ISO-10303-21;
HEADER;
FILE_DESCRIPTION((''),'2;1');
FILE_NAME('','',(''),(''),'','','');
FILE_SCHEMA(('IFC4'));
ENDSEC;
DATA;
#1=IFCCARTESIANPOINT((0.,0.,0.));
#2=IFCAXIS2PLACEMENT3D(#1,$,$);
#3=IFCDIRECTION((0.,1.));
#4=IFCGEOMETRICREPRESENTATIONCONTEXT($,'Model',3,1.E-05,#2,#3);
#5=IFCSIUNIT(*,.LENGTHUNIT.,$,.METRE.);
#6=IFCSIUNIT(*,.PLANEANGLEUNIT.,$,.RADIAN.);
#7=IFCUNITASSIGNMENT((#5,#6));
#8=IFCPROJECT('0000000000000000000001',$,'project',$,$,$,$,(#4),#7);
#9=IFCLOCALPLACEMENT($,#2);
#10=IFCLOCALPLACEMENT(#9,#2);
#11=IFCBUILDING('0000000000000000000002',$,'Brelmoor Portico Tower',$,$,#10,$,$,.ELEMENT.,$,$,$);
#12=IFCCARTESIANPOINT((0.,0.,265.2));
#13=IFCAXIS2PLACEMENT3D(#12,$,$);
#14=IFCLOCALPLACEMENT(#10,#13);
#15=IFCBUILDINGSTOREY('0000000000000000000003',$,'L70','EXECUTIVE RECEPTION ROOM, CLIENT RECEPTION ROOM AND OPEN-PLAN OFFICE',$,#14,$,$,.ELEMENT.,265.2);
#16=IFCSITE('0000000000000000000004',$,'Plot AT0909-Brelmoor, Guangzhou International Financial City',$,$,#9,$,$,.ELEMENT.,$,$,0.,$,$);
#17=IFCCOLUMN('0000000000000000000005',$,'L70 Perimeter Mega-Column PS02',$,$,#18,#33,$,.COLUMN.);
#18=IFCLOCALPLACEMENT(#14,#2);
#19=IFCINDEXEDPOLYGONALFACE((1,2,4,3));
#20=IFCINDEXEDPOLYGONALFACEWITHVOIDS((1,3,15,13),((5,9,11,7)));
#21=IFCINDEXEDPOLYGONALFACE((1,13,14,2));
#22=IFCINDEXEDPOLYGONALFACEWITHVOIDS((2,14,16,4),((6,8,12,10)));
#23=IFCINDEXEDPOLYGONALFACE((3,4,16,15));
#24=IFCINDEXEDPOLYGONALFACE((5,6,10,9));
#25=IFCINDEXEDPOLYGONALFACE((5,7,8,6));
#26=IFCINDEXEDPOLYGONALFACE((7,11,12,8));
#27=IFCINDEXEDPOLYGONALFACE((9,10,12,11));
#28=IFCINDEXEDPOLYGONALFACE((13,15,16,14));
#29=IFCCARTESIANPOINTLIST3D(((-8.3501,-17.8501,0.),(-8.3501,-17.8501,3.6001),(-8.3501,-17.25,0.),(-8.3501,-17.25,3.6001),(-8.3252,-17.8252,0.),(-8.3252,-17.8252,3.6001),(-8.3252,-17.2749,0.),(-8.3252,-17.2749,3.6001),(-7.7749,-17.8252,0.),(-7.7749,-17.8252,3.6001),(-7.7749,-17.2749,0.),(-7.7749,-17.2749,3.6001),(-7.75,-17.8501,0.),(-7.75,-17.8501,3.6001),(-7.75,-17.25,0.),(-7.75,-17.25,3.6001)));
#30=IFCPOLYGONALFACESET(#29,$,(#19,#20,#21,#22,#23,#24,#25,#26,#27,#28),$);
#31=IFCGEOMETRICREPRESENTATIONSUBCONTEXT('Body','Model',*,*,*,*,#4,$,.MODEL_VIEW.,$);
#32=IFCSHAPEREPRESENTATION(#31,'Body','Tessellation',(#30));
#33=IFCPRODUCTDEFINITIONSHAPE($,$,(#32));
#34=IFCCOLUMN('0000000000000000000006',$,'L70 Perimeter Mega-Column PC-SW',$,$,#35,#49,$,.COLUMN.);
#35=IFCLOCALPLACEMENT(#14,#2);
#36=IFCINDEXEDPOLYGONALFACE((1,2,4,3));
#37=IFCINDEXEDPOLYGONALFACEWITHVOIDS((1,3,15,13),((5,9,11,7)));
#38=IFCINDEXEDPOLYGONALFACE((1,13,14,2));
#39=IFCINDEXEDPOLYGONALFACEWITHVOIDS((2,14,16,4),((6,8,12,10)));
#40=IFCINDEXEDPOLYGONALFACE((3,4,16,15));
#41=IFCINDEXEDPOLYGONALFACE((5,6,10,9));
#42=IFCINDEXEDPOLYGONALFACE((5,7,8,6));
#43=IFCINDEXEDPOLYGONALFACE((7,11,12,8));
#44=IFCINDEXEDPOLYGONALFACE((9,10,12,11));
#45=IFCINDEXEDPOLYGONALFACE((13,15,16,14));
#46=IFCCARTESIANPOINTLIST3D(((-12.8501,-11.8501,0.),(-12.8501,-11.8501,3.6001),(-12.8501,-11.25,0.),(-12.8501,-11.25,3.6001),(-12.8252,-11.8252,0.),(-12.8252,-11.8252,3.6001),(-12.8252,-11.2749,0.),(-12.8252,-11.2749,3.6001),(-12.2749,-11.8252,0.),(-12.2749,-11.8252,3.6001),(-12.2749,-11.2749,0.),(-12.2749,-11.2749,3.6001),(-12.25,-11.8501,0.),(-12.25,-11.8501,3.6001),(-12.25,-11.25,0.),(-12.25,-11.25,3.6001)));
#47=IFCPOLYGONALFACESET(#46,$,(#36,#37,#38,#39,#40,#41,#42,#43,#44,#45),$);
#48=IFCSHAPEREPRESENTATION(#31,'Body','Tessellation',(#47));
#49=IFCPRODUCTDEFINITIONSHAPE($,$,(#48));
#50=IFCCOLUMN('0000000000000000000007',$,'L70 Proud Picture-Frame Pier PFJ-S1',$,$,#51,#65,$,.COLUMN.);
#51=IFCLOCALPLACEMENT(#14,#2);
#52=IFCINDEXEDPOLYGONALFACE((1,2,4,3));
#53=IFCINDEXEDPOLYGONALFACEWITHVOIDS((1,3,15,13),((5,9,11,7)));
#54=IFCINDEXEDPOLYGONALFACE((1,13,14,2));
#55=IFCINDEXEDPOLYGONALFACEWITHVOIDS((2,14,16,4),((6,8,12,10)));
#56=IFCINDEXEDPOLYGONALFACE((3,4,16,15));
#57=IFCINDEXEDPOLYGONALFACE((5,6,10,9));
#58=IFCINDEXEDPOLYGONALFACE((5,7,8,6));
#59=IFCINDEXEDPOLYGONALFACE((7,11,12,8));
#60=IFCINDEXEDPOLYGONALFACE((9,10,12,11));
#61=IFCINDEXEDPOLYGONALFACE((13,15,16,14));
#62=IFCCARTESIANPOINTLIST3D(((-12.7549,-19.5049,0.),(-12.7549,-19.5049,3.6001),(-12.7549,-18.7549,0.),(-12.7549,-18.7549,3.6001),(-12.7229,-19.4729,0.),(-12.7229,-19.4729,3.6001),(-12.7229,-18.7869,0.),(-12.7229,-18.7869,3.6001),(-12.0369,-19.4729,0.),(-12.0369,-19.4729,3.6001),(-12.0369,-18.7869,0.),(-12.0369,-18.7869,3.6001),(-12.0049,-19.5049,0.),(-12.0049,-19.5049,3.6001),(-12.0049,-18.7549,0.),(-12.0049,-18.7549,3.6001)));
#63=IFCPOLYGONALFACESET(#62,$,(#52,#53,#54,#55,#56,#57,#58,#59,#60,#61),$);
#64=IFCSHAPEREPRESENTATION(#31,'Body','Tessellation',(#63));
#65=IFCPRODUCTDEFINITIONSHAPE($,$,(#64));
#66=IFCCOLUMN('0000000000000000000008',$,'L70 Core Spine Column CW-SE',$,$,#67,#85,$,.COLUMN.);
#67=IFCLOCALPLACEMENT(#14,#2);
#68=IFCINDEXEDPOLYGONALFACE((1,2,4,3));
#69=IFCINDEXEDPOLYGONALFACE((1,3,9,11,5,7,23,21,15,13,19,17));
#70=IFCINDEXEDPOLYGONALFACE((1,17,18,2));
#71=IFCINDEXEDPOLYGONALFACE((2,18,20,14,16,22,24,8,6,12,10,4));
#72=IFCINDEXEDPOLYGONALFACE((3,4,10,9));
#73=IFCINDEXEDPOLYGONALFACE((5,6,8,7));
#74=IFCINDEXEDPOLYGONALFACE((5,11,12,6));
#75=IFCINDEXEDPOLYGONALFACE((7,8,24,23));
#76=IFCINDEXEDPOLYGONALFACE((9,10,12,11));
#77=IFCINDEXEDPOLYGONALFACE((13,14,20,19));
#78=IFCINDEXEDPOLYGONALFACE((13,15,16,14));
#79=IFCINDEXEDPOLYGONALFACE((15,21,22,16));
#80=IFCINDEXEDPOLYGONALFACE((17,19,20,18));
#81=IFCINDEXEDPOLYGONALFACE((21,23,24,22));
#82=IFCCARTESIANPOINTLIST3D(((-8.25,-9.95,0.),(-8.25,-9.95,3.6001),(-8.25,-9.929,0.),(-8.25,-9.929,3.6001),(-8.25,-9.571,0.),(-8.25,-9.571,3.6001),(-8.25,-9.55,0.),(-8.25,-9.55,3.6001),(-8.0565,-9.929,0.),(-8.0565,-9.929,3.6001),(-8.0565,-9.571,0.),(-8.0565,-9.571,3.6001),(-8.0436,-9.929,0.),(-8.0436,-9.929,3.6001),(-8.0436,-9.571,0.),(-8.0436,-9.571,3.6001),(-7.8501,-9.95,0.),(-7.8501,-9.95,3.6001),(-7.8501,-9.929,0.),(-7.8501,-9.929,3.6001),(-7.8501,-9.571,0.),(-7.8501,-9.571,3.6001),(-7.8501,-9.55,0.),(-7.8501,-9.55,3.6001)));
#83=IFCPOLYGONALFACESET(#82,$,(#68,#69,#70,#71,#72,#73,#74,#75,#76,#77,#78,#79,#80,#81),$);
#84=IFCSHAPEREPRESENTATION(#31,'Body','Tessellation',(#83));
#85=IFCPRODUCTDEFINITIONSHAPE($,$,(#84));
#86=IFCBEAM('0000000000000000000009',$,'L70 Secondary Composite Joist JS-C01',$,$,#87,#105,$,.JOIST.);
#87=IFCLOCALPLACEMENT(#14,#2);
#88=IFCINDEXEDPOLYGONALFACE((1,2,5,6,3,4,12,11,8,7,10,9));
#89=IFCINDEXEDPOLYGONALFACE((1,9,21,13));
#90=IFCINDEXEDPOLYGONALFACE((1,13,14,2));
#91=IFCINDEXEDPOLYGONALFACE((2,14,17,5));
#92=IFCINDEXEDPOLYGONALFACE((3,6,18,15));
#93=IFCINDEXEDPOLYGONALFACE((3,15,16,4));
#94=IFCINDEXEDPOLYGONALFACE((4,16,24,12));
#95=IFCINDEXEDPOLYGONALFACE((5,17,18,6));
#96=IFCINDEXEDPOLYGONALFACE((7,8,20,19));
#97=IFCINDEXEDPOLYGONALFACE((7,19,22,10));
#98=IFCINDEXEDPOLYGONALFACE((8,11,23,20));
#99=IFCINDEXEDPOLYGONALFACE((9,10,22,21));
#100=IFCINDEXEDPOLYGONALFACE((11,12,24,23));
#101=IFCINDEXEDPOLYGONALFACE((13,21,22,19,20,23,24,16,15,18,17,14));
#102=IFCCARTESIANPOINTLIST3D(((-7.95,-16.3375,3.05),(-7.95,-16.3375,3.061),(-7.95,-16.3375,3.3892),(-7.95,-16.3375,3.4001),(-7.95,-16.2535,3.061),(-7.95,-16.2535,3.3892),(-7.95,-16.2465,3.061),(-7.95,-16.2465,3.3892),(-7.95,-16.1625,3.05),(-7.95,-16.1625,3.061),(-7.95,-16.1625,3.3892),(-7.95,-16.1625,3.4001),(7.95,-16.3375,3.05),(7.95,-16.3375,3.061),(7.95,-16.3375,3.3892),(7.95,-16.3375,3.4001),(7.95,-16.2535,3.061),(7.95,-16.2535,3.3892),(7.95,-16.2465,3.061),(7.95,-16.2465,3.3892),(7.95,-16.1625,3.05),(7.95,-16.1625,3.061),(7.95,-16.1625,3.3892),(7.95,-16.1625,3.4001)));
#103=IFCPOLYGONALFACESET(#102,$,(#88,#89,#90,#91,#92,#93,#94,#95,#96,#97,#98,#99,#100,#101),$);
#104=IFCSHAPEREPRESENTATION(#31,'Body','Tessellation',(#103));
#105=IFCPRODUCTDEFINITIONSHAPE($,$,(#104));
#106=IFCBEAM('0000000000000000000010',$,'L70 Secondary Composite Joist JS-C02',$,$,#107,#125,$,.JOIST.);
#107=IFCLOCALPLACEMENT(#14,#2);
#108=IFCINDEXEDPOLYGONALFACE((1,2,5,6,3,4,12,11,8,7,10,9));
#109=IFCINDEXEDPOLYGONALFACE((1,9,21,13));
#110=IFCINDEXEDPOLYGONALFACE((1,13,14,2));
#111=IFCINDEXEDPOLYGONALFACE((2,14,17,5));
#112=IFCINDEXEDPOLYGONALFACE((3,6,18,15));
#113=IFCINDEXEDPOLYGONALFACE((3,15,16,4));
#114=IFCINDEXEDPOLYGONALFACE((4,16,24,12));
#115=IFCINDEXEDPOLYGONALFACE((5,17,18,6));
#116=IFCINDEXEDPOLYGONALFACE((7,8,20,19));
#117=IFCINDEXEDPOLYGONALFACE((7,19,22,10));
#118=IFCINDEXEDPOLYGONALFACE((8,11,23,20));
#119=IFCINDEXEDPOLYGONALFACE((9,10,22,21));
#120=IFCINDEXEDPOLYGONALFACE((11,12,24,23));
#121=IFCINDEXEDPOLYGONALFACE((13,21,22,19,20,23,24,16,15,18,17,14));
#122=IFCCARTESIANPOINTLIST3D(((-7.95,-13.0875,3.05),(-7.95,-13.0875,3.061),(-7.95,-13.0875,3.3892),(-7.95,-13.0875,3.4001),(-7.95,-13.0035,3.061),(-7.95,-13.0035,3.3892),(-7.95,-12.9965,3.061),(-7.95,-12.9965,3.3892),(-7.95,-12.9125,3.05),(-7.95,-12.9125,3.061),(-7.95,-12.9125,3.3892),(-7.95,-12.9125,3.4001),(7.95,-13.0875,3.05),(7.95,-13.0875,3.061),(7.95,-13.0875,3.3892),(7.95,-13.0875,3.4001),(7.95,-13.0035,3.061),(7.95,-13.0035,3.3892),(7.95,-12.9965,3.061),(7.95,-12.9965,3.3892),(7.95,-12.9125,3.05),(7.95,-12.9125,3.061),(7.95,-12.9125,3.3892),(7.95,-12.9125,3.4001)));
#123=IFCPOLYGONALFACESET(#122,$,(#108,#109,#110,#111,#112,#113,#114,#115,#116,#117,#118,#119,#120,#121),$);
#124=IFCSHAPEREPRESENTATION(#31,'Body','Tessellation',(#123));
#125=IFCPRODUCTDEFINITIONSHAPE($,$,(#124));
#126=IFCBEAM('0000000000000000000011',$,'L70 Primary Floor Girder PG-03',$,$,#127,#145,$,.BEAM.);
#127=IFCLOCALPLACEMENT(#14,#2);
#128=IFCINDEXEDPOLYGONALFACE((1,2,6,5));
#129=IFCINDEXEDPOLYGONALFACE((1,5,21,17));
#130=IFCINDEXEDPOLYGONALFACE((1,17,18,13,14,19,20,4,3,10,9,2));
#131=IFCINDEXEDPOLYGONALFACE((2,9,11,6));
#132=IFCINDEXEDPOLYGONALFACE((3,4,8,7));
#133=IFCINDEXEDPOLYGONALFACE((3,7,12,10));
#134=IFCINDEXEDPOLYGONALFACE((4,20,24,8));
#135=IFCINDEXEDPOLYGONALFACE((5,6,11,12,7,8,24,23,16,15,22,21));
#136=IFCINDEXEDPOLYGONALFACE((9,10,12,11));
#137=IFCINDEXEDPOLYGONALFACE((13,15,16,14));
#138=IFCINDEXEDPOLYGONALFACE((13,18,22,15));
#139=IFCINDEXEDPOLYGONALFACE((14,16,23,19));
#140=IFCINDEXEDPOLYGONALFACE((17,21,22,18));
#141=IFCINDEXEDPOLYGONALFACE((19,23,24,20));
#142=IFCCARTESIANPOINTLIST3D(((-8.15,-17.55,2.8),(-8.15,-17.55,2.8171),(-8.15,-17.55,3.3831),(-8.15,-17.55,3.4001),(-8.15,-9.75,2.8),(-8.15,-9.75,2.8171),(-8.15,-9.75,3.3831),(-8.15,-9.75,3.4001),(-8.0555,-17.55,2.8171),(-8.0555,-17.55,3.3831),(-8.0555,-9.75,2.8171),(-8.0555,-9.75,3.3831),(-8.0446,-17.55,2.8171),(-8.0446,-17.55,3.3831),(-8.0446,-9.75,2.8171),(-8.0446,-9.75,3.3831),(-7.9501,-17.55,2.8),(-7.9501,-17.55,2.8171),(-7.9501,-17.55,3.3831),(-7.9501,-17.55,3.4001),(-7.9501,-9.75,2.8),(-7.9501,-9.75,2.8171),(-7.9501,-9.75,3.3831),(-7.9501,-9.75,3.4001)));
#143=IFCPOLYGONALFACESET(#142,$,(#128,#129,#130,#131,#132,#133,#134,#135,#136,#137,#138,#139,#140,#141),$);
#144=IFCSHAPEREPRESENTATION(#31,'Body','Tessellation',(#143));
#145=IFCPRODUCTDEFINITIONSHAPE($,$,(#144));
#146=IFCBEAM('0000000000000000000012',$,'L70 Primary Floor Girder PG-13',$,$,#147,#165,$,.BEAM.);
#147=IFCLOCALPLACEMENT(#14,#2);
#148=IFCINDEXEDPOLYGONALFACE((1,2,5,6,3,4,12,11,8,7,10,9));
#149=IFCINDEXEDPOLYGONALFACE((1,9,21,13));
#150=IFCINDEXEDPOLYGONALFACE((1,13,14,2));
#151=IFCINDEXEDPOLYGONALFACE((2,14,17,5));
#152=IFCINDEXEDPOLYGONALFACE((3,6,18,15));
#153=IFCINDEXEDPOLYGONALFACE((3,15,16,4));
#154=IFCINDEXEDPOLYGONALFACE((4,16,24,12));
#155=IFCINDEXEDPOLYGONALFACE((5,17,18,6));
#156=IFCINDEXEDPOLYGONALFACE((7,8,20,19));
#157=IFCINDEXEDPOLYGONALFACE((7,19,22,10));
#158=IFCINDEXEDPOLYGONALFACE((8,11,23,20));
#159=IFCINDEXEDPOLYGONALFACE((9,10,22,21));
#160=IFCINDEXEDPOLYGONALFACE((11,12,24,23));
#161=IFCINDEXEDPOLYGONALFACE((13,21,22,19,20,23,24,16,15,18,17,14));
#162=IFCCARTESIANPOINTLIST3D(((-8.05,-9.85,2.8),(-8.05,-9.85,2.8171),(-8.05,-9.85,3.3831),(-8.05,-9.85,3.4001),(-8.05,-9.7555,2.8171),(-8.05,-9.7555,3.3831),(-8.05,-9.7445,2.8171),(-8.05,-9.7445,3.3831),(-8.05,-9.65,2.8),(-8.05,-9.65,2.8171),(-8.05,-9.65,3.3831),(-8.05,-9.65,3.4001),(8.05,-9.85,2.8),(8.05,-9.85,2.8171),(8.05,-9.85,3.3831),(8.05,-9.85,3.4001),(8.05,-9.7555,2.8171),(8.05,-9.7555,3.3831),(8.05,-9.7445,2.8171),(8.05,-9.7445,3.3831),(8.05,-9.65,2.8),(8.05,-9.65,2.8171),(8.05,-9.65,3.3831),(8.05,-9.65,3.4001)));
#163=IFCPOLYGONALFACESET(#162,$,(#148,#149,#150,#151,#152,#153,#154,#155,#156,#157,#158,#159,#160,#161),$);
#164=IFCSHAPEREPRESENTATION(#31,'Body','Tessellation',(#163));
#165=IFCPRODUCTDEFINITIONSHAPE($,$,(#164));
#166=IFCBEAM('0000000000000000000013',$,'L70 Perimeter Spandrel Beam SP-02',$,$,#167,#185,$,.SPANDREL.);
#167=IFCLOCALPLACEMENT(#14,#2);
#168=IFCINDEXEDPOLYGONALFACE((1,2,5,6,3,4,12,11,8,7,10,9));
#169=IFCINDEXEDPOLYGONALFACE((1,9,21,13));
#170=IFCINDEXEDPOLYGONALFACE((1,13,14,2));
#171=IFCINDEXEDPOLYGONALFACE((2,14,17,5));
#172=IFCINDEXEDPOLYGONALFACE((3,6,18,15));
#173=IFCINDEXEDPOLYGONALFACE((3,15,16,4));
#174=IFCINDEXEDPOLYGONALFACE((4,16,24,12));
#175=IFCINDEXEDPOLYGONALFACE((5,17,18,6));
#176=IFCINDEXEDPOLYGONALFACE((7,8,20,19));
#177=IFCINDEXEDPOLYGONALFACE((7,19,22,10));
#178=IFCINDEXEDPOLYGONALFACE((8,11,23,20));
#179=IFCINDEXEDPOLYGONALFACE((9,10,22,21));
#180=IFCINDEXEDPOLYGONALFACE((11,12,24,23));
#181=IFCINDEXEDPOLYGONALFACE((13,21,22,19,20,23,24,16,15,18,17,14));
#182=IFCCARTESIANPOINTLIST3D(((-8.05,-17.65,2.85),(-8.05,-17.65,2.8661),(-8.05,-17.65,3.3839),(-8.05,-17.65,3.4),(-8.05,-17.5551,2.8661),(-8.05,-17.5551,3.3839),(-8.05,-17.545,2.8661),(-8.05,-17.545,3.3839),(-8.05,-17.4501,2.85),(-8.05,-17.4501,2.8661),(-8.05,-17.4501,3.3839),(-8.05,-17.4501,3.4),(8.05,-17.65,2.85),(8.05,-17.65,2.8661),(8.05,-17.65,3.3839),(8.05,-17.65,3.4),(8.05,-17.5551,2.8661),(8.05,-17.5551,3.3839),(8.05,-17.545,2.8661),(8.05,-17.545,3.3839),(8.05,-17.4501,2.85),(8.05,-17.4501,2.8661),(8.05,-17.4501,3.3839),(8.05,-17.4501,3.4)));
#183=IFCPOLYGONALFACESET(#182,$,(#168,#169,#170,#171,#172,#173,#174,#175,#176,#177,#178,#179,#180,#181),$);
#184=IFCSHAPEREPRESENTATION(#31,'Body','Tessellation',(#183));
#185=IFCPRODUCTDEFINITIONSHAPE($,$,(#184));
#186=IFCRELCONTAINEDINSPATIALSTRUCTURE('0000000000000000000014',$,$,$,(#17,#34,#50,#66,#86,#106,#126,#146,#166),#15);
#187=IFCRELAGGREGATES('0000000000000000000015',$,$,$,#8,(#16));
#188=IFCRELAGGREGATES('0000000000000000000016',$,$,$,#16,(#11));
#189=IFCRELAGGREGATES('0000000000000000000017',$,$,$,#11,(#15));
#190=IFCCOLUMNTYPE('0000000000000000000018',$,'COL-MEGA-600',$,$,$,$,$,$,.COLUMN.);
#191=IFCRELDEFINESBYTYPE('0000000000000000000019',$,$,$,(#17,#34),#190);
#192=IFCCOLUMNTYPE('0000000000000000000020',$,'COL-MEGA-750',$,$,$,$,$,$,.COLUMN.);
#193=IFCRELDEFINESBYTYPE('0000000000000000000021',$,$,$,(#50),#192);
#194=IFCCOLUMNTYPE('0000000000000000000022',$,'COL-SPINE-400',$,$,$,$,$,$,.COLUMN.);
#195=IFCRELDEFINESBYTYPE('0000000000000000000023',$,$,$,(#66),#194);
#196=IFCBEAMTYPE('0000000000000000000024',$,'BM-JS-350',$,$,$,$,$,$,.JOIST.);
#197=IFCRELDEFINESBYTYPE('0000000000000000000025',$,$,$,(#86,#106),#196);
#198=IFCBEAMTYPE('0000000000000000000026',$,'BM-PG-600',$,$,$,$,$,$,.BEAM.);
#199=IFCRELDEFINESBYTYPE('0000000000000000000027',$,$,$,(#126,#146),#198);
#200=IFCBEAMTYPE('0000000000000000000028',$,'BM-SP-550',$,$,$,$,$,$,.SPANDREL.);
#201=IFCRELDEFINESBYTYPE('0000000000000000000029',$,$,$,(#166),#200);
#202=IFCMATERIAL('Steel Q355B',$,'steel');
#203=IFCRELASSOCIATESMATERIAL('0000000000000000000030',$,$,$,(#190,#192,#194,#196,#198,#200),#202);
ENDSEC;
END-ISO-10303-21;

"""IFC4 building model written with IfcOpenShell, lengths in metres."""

from ifc_helpers import new_model, si_unit, direction, frame, origin, origin_2d, place, context, subcontext, project, spatial, hollow_rectangle, i_section, extrude, material, material_profile, profile_set, type_object, element, save


model = new_model("IFC4")

# Units and contexts
model_context = context("Model", 3, precision=1e-05, world=origin(), true_north=direction((0.0, 1.0)))
body_context = subcontext(model_context, "Body", "Model", "MODEL_VIEW")
ifc_project = project(units=[si_unit("LENGTHUNIT", "METRE"), si_unit("PLANEANGLEUNIT", "RADIAN")], contexts=[model_context])

# Site, building, storey
site_placement = place(None, origin())
site = spatial("IfcSite", under=ifc_project, at=site_placement, Name="Plot AT0909-Brelmoor, Guangzhou International Financial City", CompositionType="ELEMENT", RefElevation=0.0)
building_placement = place(site_placement, origin())
building = spatial("IfcBuilding", under=site, at=building_placement, Name="Brelmoor Portico Tower", CompositionType="ELEMENT")
storey_placement = place(building_placement, frame((0.0, 0.0, 265.2)))
storey = spatial("IfcBuildingStorey", under=building, at=storey_placement, Name="L70", Description="EXECUTIVE RECEPTION ROOM, CLIENT RECEPTION ROOM AND OPEN-PLAN OFFICE", CompositionType="ELEMENT", Elevation=265.2)

# Columns
ifc_material_1 = material(Name="Steel Q355B", Category="steel")
ifc_material_profile_1 = material_profile(ifc_material_1, hollow_rectangle(XDim=0.6001, YDim=0.6001, WallThickness=0.0249, at=origin_2d()), Name="BOX 600x600x25")
ifc_profile_set_1 = profile_set([ifc_material_profile_1], Name="Steel Q355B")
column_type_1 = type_object("IfcColumnType", Name="COL-MEGA-600", PredefinedType="COLUMN", material=ifc_profile_set_1)
for number, where, z_axis, x_axis, name in (
    (1, (-8.05, -17.55, 0.0), (0.0, 0.0, 1.0), (1.0, 0.0, 0.0), "L70 Perimeter Mega-Column PS02"),
    (2, (-12.55, -11.55, 0.0), (0.0, 0.0, 1.0), (1.0, 0.0, 0.0), "L70 Perimeter Mega-Column PC-SW"),
):
    element("IfcColumn", number, at=place(storey_placement, frame(where, z_axis=z_axis, x_axis=x_axis)), inside=storey, type_object=column_type_1, Name=name, PredefinedType="COLUMN", context=body_context, shape_type="SweptSolid", body=[
        extrude(hollow_rectangle(XDim=0.6001, YDim=0.6001, WallThickness=0.0249, at=origin_2d()), origin(), (0.0, 0.0, 1.0), 3.6001),
    ])
ifc_material_profile_2 = material_profile(ifc_material_1, hollow_rectangle(XDim=0.75, YDim=0.75, WallThickness=0.032, at=origin_2d()), Name="BOX 750x750x32")
ifc_profile_set_2 = profile_set([ifc_material_profile_2], Name="Steel Q355B")
column_type_2 = type_object("IfcColumnType", Name="COL-MEGA-750", PredefinedType="COLUMN", material=ifc_profile_set_2)
column_1_placement = place(storey_placement, frame((-12.3799, -19.1299, 0.0), z_axis=(0.0, 0.0, 1.0), x_axis=(1.0, 0.0, 0.0)))
element("IfcColumn", 3, at=column_1_placement, inside=storey, type_object=column_type_2, Name="L70 Proud Picture-Frame Pier PFJ-S1", PredefinedType="COLUMN", context=body_context, shape_type="SweptSolid", body=[
    extrude(hollow_rectangle(XDim=0.75, YDim=0.75, WallThickness=0.032, at=origin_2d()), origin(), (0.0, 0.0, 1.0), 3.6001),
])
ifc_material_profile_3 = material_profile(ifc_material_1, i_section(OverallWidth=0.3999, OverallDepth=0.3999, WebThickness=0.0129, FlangeThickness=0.021, at=origin_2d()), Name="HW 400x400x13x21")
ifc_profile_set_3 = profile_set([ifc_material_profile_3], Name="Steel Q355B")
column_type_3 = type_object("IfcColumnType", Name="COL-SPINE-400", PredefinedType="COLUMN", material=ifc_profile_set_3)
column_2_placement = place(storey_placement, frame((-8.05, -9.75, 0.0), z_axis=(0.0, 0.0, 1.0), x_axis=(1.0, 0.0, 0.0)))
element("IfcColumn", 4, at=column_2_placement, inside=storey, type_object=column_type_3, Name="L70 Core Spine Column CW-SE", PredefinedType="COLUMN", context=body_context, shape_type="SweptSolid", body=[
    extrude(i_section(OverallWidth=0.3999, OverallDepth=0.3999, WebThickness=0.0129, FlangeThickness=0.021, at=origin_2d()), origin(), (0.0, 0.0, 1.0), 3.6001),
])

# Beams
ifc_material_profile_4 = material_profile(ifc_material_1, i_section(OverallWidth=0.175, OverallDepth=0.3501, WebThickness=0.0071, FlangeThickness=0.011, at=origin_2d()), Name="HN 350x175x7x11")
ifc_profile_set_4 = profile_set([ifc_material_profile_4], Name="Steel Q355B")
beam_type_1 = type_object("IfcBeamType", Name="BM-JS-350", PredefinedType="JOIST", material=ifc_profile_set_4)
for number, where, z_axis, x_axis, name in (
    (5, (-7.95, -16.25, 3.2251), (1.0, 0.0, 0.0), (0.0, 1.0, 0.0), "L70 Secondary Composite Joist JS-C01"),
    (6, (-7.95, -13.0, 3.2251), (1.0, 0.0, 0.0), (0.0, 1.0, 0.0), "L70 Secondary Composite Joist JS-C02"),
):
    element("IfcBeam", number, at=place(storey_placement, frame(where, z_axis=z_axis, x_axis=x_axis)), inside=storey, type_object=beam_type_1, Name=name, PredefinedType="JOIST", context=body_context, shape_type="SweptSolid", body=[
        extrude(i_section(OverallWidth=0.175, OverallDepth=0.3501, WebThickness=0.0071, FlangeThickness=0.011, at=origin_2d()), origin(), (0.0, 0.0, 1.0), 15.8999),
    ])
ifc_material_profile_5 = material_profile(ifc_material_1, i_section(OverallWidth=0.2, OverallDepth=0.6001, WebThickness=0.011, FlangeThickness=0.0171, at=origin_2d()), Name="HN 600x200x11x17")
ifc_profile_set_5 = profile_set([ifc_material_profile_5], Name="Steel Q355B")
beam_type_2 = type_object("IfcBeamType", Name="BM-PG-600", PredefinedType="BEAM", material=ifc_profile_set_5)
beam_1_placement = place(storey_placement, frame((-8.05, -17.55, 3.1001), z_axis=(0.0, 1.0, 0.0), x_axis=(-1.0, 0.0, 0.0)))
element("IfcBeam", 7, at=beam_1_placement, inside=storey, type_object=beam_type_2, Name="L70 Primary Floor Girder PG-03", PredefinedType="BEAM", context=body_context, shape_type="SweptSolid", body=[
    extrude(i_section(OverallWidth=0.2, OverallDepth=0.6001, WebThickness=0.011, FlangeThickness=0.0171, at=origin_2d()), origin(), (0.0, 0.0, 1.0), 7.8),
])
beam_2_placement = place(storey_placement, frame((-8.05, -9.75, 3.1001), z_axis=(1.0, 0.0, 0.0), x_axis=(0.0, 1.0, 0.0)))
element("IfcBeam", 8, at=beam_2_placement, inside=storey, type_object=beam_type_2, Name="L70 Primary Floor Girder PG-13", PredefinedType="BEAM", context=body_context, shape_type="SweptSolid", body=[
    extrude(i_section(OverallWidth=0.2, OverallDepth=0.6001, WebThickness=0.011, FlangeThickness=0.0171, at=origin_2d()), origin(), (0.0, 0.0, 1.0), 16.1001),
])
ifc_material_profile_6 = material_profile(ifc_material_1, i_section(OverallWidth=0.2, OverallDepth=0.55, WebThickness=0.01, FlangeThickness=0.0161, at=origin_2d()), Name="HN 550x200x10x16")
ifc_profile_set_6 = profile_set([ifc_material_profile_6], Name="Steel Q355B")
beam_type_3 = type_object("IfcBeamType", Name="BM-SP-550", PredefinedType="SPANDREL", material=ifc_profile_set_6)
beam_3_placement = place(storey_placement, frame((-8.05, -17.55, 3.125), z_axis=(1.0, 0.0, 0.0), x_axis=(0.0, 1.0, 0.0)))
element("IfcBeam", 9, at=beam_3_placement, inside=storey, type_object=beam_type_3, Name="L70 Perimeter Spandrel Beam SP-02", PredefinedType="SPANDREL", context=body_context, shape_type="SweptSolid", body=[
    extrude(i_section(OverallWidth=0.2, OverallDepth=0.55, WebThickness=0.01, FlangeThickness=0.0161, at=origin_2d()), origin(), (0.0, 0.0, 1.0), 16.1001),
])

save(model, "model.ifc")
